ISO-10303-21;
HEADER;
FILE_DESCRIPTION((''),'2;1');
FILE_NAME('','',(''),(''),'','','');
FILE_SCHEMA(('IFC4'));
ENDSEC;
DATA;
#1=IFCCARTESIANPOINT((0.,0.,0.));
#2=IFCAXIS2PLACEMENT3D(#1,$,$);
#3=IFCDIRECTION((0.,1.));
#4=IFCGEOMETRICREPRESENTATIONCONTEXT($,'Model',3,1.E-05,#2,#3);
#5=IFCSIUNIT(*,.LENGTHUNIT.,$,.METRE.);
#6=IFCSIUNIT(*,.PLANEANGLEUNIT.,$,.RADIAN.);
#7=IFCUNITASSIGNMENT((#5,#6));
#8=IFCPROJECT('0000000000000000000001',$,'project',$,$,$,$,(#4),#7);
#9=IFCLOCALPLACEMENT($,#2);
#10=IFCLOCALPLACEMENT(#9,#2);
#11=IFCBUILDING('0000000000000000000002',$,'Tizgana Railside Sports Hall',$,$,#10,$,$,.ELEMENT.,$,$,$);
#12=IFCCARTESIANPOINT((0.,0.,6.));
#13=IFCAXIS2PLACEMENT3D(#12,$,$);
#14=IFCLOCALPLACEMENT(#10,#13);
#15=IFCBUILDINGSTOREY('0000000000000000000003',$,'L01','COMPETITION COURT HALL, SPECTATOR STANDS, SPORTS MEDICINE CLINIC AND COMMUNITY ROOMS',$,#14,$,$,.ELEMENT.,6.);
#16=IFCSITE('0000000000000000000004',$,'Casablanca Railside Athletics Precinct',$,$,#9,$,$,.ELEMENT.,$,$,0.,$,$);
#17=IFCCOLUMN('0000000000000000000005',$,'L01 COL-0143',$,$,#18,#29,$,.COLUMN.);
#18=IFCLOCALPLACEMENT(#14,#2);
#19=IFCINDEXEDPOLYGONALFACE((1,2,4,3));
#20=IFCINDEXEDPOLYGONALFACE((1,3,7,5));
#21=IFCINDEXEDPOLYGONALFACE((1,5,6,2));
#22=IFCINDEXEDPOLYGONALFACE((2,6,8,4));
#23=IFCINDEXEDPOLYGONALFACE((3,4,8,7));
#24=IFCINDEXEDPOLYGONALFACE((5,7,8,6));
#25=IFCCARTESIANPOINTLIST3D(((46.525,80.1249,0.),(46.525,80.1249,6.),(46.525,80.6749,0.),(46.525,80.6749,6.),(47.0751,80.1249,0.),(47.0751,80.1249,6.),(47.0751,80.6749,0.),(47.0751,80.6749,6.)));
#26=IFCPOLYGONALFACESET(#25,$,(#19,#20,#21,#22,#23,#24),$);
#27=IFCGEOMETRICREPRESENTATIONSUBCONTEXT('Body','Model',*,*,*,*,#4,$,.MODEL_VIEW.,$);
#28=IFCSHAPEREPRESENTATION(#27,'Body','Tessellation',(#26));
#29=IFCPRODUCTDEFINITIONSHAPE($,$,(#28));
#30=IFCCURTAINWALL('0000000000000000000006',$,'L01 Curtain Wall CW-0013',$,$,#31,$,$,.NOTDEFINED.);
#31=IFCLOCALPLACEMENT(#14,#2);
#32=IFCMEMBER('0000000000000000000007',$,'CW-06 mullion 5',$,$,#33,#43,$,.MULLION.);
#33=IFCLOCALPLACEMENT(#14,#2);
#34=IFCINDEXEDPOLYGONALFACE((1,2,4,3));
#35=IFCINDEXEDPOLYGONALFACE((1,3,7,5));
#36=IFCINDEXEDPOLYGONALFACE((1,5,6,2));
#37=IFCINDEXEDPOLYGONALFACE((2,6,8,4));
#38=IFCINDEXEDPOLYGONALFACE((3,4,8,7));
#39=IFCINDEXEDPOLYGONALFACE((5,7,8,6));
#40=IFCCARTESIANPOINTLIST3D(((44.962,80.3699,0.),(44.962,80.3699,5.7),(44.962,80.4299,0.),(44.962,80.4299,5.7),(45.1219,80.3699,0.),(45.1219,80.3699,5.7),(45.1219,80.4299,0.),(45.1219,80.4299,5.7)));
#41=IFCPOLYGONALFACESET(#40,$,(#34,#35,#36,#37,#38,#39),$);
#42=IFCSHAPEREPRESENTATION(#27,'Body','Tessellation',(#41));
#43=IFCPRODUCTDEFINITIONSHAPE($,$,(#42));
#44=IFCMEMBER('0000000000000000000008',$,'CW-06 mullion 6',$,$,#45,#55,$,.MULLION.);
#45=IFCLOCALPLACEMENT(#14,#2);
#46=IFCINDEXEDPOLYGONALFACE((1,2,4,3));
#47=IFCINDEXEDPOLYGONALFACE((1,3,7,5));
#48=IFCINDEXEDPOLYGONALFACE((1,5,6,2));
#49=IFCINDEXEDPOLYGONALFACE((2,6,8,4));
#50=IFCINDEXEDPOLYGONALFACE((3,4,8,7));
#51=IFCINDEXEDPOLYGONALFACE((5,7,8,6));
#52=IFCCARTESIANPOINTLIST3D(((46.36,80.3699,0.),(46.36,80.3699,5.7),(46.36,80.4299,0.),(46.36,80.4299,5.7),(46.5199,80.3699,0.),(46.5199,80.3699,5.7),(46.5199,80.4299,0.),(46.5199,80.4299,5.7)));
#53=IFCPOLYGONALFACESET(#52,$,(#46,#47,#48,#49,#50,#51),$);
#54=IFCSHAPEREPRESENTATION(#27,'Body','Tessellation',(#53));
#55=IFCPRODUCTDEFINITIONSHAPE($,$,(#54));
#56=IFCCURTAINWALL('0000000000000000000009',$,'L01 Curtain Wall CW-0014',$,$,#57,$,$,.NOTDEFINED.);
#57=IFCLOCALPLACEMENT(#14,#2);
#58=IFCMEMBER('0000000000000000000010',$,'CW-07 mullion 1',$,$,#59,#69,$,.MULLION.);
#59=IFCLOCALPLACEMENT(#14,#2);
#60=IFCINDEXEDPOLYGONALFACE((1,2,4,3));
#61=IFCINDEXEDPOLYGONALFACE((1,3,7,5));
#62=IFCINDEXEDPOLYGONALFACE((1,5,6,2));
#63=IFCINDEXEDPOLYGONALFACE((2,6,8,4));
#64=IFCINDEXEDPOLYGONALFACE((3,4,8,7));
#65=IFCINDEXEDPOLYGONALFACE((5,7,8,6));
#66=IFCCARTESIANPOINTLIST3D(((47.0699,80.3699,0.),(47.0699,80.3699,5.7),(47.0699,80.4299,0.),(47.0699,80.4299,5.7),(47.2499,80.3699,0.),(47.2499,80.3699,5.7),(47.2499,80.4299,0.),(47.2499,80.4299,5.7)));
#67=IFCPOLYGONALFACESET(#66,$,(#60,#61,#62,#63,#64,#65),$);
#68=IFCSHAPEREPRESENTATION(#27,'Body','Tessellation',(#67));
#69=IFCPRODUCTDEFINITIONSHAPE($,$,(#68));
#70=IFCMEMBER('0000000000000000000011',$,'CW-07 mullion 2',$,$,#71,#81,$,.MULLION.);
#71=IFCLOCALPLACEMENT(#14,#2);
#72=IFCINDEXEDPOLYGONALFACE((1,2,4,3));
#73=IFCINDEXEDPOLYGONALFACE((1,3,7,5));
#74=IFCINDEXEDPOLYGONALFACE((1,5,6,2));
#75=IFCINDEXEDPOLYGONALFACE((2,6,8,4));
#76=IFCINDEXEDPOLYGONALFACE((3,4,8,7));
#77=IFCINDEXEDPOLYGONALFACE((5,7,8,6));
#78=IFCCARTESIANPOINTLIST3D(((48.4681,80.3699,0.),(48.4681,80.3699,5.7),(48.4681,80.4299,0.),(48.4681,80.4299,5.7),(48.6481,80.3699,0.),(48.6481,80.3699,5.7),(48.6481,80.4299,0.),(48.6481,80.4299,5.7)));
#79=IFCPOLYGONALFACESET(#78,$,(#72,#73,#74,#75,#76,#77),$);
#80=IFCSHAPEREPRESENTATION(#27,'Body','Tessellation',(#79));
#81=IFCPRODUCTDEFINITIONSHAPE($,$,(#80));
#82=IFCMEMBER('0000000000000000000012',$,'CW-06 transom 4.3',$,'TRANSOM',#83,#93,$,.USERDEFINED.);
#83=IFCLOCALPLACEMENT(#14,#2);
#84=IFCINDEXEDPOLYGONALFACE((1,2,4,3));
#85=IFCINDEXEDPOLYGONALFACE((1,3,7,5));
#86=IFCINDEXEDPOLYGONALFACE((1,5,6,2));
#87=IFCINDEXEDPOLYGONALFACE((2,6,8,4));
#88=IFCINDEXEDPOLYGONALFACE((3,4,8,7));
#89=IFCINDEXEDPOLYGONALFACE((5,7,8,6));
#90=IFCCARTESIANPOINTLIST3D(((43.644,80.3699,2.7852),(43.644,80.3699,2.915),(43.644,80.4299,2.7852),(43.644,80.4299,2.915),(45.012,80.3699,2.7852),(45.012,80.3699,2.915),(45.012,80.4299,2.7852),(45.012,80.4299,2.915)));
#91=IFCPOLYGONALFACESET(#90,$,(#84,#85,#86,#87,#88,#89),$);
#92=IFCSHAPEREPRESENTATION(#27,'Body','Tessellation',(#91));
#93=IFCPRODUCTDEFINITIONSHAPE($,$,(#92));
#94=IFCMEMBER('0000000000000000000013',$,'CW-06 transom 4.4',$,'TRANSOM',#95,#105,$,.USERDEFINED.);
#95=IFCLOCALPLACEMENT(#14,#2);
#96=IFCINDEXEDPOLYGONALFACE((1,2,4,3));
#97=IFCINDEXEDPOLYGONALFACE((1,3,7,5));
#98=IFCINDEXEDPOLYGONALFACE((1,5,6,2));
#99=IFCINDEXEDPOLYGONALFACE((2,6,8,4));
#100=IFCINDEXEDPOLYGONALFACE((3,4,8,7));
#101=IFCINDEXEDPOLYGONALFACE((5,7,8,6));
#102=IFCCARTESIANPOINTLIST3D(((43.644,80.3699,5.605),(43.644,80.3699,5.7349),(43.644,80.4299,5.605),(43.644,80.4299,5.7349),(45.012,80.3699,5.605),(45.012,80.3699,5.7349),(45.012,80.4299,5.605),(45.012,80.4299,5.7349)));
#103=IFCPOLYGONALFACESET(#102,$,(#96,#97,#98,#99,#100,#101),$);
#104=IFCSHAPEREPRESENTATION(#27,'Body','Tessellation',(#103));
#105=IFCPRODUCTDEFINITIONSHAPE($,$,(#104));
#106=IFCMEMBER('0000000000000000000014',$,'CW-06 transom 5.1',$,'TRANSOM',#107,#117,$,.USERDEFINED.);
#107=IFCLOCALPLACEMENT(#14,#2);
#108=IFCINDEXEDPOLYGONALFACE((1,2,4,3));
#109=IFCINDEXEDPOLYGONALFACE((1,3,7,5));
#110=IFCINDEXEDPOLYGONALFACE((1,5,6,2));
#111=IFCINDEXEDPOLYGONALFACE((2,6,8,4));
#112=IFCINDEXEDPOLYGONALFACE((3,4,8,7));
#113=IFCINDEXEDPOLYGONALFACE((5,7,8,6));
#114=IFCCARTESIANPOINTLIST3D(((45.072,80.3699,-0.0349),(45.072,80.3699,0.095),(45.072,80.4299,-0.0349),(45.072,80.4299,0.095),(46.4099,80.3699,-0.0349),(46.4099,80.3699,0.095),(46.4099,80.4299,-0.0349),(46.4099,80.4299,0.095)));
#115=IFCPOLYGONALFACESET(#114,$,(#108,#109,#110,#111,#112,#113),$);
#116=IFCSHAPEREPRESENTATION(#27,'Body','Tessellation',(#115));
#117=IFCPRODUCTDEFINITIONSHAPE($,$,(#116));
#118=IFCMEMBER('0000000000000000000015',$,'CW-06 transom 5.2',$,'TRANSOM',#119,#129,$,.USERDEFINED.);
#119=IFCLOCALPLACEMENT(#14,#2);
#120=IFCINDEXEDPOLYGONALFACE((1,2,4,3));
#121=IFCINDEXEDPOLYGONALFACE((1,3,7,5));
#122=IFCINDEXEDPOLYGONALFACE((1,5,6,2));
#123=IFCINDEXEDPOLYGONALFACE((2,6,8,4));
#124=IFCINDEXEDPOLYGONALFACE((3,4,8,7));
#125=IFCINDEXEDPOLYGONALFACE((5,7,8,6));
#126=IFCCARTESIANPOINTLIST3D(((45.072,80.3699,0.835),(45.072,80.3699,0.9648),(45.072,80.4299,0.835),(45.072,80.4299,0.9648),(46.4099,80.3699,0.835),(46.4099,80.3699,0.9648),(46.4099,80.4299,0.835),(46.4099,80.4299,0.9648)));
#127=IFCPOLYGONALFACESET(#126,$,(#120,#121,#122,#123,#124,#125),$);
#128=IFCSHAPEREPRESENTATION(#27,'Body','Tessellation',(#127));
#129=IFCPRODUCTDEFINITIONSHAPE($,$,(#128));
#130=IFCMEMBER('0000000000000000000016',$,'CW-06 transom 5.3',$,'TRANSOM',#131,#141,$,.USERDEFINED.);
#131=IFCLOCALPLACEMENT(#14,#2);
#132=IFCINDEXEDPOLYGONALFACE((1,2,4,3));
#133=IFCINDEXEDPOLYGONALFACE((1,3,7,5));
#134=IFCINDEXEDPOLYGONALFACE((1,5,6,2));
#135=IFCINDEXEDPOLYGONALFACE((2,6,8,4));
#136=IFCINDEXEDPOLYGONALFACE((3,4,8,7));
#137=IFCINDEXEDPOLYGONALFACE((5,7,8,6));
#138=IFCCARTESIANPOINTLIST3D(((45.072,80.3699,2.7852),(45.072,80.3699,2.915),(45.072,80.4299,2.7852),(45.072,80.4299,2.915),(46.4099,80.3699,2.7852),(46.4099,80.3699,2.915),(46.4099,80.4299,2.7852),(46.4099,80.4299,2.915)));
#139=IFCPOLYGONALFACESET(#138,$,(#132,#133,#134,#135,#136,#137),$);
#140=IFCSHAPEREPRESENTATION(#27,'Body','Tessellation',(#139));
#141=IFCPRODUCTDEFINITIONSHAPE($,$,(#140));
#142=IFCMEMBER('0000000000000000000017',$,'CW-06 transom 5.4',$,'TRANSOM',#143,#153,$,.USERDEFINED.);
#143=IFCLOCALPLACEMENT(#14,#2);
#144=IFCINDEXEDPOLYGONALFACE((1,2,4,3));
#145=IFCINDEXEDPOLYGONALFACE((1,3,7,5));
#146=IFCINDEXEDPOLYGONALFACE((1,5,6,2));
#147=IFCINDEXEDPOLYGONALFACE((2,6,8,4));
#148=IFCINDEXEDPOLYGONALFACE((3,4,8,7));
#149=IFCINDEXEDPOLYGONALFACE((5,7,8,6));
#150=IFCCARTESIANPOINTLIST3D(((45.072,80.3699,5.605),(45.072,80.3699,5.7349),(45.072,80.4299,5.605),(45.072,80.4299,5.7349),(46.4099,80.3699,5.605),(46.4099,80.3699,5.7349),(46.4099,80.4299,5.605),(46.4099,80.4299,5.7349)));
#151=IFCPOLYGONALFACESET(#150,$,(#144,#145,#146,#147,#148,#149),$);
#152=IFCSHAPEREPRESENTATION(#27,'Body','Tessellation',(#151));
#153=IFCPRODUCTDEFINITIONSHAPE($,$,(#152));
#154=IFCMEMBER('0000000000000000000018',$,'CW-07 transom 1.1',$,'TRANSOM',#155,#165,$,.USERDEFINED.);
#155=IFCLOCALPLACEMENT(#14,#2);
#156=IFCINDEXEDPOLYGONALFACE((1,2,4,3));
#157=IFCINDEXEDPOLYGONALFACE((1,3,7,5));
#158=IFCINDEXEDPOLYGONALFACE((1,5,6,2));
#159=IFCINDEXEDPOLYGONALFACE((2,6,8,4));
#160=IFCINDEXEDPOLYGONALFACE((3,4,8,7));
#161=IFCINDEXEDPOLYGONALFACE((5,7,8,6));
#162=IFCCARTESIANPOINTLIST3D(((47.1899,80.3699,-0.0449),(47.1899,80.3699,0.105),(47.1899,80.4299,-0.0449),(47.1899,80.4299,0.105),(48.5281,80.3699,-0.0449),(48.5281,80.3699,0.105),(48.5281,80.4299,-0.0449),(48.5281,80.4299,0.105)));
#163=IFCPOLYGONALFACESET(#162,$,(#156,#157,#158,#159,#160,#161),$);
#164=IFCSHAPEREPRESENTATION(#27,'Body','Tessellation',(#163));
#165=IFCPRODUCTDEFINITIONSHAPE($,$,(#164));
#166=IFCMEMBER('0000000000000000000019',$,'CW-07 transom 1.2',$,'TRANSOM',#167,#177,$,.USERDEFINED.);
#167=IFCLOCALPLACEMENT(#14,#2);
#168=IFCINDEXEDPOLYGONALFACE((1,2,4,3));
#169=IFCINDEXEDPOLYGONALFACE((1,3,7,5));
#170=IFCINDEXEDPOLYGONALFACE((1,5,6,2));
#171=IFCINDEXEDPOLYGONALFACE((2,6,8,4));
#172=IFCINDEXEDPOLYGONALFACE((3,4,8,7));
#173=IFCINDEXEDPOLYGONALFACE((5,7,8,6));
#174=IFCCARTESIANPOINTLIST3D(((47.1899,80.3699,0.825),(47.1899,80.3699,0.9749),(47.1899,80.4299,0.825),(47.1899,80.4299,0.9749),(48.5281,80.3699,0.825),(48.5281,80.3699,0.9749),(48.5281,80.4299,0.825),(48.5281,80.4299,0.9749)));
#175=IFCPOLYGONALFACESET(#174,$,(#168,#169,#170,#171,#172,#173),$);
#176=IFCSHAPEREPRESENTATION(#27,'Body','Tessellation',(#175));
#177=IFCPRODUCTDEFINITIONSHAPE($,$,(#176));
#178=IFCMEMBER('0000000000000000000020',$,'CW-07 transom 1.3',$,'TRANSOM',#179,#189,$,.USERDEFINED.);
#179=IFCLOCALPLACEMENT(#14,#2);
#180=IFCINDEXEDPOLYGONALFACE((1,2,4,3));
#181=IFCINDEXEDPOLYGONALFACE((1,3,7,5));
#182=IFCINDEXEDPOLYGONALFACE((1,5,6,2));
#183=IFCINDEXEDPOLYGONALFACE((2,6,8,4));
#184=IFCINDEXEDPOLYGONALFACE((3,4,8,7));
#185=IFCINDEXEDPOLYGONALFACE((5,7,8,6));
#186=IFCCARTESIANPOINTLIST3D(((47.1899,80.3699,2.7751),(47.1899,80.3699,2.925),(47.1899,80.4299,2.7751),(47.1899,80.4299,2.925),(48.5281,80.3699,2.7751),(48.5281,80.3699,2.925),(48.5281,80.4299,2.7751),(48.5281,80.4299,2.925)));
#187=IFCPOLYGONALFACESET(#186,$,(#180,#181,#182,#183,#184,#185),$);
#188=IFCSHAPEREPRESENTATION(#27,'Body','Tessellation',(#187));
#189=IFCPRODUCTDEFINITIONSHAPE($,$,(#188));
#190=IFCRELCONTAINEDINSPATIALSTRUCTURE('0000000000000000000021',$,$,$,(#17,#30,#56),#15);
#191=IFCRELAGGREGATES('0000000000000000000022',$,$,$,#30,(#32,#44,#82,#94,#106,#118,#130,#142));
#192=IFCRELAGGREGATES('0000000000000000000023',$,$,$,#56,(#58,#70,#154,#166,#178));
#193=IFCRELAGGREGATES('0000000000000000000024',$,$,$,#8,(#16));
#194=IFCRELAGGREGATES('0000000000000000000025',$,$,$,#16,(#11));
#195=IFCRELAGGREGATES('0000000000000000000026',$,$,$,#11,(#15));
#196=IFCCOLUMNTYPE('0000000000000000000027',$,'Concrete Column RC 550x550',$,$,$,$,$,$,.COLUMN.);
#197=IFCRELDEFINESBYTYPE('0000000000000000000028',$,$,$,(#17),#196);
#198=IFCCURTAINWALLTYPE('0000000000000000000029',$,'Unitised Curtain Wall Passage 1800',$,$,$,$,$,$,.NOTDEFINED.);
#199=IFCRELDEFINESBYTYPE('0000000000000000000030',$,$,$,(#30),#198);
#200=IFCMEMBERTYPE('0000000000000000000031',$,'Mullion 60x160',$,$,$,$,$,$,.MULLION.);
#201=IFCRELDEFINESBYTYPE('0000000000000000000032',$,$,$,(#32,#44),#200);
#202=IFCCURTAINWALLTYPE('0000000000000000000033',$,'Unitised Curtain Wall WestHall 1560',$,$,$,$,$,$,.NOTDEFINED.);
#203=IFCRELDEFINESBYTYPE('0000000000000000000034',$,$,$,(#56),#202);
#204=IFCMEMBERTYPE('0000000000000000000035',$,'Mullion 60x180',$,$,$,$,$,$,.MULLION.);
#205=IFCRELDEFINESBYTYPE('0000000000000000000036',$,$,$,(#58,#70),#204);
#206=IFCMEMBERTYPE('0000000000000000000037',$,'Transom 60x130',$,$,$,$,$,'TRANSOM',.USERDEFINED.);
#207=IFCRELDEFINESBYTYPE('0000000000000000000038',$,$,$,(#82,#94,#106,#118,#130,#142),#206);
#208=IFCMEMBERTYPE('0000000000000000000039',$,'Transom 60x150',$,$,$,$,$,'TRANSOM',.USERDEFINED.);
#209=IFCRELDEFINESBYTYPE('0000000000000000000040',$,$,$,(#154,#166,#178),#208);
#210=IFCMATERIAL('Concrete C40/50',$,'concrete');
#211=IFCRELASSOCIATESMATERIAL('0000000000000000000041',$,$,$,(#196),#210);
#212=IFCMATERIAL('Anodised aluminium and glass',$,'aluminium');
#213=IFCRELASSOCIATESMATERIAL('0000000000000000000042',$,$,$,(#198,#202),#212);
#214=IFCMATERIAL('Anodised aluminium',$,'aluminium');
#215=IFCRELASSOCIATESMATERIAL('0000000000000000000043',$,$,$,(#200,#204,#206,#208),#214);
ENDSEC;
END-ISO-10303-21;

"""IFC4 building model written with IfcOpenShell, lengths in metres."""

from ifc_helpers import new_model, si_unit, direction, frame, origin, origin_2d, place, context, subcontext, project, spatial, rectangle, extrude, material, material_profile, profile_set, type_object, element, aggregate, save


model = new_model("IFC4")

# Units and contexts
model_context = context("Model", 3, precision=1e-05, world=origin(), true_north=direction((0.0, 1.0)))
body_context = subcontext(model_context, "Body", "Model", "MODEL_VIEW")
ifc_project = project(units=[si_unit("LENGTHUNIT", "METRE"), si_unit("PLANEANGLEUNIT", "RADIAN")], contexts=[model_context])

# Site, building, storey
site_placement = place(None, origin())
site = spatial("IfcSite", under=ifc_project, at=site_placement, Name="Casablanca Railside Athletics Precinct", CompositionType="ELEMENT", RefElevation=0.0)
building_placement = place(site_placement, origin())
building = spatial("IfcBuilding", under=site, at=building_placement, Name="Tizgana Railside Sports Hall", CompositionType="ELEMENT")
storey_placement = place(building_placement, frame((0.0, 0.0, 6.0)))
storey = spatial("IfcBuildingStorey", under=building, at=storey_placement, Name="L01", Description="COMPETITION COURT HALL, SPECTATOR STANDS, SPORTS MEDICINE CLINIC AND COMMUNITY ROOMS", CompositionType="ELEMENT", Elevation=6.0)

# Column
ifc_material_1 = material(Name="Concrete C40/50", Category="concrete")
ifc_material_profile_1 = material_profile(ifc_material_1, rectangle(XDim=0.55, YDim=0.55, at=origin_2d()), Name="RC 550x550")
ifc_profile_set_1 = profile_set([ifc_material_profile_1], Name="Concrete C40/50")
column_type = type_object("IfcColumnType", Name="Concrete Column RC 550x550", PredefinedType="COLUMN", material=ifc_profile_set_1)
column_placement = place(storey_placement, frame((46.8, 80.3999, 0.0), z_axis=(0.0, 0.0, 1.0), x_axis=(1.0, 0.0, 0.0)))
element("IfcColumn", 1, at=column_placement, inside=storey, type_object=column_type, Name="L01 COL-0143", PredefinedType="COLUMN", context=body_context, shape_type="SweptSolid", body=[
    extrude(rectangle(XDim=0.55, YDim=0.55, at=origin_2d()), origin(), (0.0, 0.0, 1.0), 6.0),
])

# Curtain walls, members
ifc_material_2 = material(Name="Anodised aluminium and glass", Category="aluminium")
curtain_wall_type_1 = type_object("IfcCurtainWallType", Name="Unitised Curtain Wall Passage 1800", PredefinedType="NOTDEFINED", material=ifc_material_2)
curtain_wall_1_placement = place(storey_placement, origin())
curtain_wall_1 = element("IfcCurtainWall", 2, at=curtain_wall_1_placement, inside=storey, type_object=curtain_wall_type_1, Name="L01 Curtain Wall CW-0013", PredefinedType="NOTDEFINED")
ifc_material_3 = material(Name="Anodised aluminium", Category="aluminium")
ifc_material_profile_2 = material_profile(ifc_material_3, rectangle(XDim=0.0601, YDim=0.1599, at=origin_2d()), Name="Mullion 60x160")
ifc_profile_set_2 = profile_set([ifc_material_profile_2], Name="Anodised aluminium")
member_type_1 = type_object("IfcMemberType", Name="Mullion 60x160", PredefinedType="MULLION", material=ifc_profile_set_2)
member_1_placement = place(storey_placement, frame((45.042, 80.3999, 0.0), z_axis=(0.0, 0.0, 1.0), x_axis=(0.0, 1.0, 0.0)))
member_1 = element("IfcMember", 3, at=member_1_placement, type_object=member_type_1, Name="CW-06 mullion 5", PredefinedType="MULLION", context=body_context, shape_type="SweptSolid", body=[
    extrude(rectangle(XDim=0.0601, YDim=0.1599, at=origin_2d()), origin(), (0.0, 0.0, 1.0), 5.7),
])
member_2_placement = place(storey_placement, frame((46.4399, 80.3999, 0.0), z_axis=(0.0, 0.0, 1.0), x_axis=(0.0, 1.0, 0.0)))
member_2 = element("IfcMember", 4, at=member_2_placement, type_object=member_type_1, Name="CW-06 mullion 6", PredefinedType="MULLION", context=body_context, shape_type="SweptSolid", body=[
    extrude(rectangle(XDim=0.0601, YDim=0.1599, at=origin_2d()), origin(), (0.0, 0.0, 1.0), 5.7),
])
curtain_wall_type_2 = type_object("IfcCurtainWallType", Name="Unitised Curtain Wall WestHall 1560", PredefinedType="NOTDEFINED", material=ifc_material_2)
curtain_wall_2_placement = place(storey_placement, origin())
curtain_wall_2 = element("IfcCurtainWall", 5, at=curtain_wall_2_placement, inside=storey, type_object=curtain_wall_type_2, Name="L01 Curtain Wall CW-0014", PredefinedType="NOTDEFINED")
ifc_material_profile_3 = material_profile(ifc_material_3, rectangle(XDim=0.0601, YDim=0.1799, at=origin_2d()), Name="Mullion 60x180")
ifc_profile_set_3 = profile_set([ifc_material_profile_3], Name="Anodised aluminium")
member_type_2 = type_object("IfcMemberType", Name="Mullion 60x180", PredefinedType="MULLION", material=ifc_profile_set_3)
member_3_placement = place(storey_placement, frame((47.1599, 80.3999, 0.0), z_axis=(0.0, 0.0, 1.0), x_axis=(0.0, 1.0, 0.0)))
member_3 = element("IfcMember", 6, at=member_3_placement, type_object=member_type_2, Name="CW-07 mullion 1", PredefinedType="MULLION", context=body_context, shape_type="SweptSolid", body=[
    extrude(rectangle(XDim=0.0601, YDim=0.1799, at=origin_2d()), origin(), (0.0, 0.0, 1.0), 5.7),
])
member_4_placement = place(storey_placement, frame((48.5581, 80.3999, 0.0), z_axis=(0.0, 0.0, 1.0), x_axis=(0.0, 1.0, 0.0)))
member_4 = element("IfcMember", 7, at=member_4_placement, type_object=member_type_2, Name="CW-07 mullion 2", PredefinedType="MULLION", context=body_context, shape_type="SweptSolid", body=[
    extrude(rectangle(XDim=0.0601, YDim=0.1799, at=origin_2d()), origin(), (0.0, 0.0, 1.0), 5.7),
])

# Members
ifc_material_profile_4 = material_profile(ifc_material_3, rectangle(XDim=0.0601, YDim=0.1299, at=origin_2d()), Name="Transom 60x130")
ifc_profile_set_4 = profile_set([ifc_material_profile_4], Name="Anodised aluminium")
member_type_3 = type_object("IfcMemberType", Name="Transom 60x130", ElementType="TRANSOM", PredefinedType="USERDEFINED", material=ifc_profile_set_4)
member_5_placement = place(storey_placement, frame((43.644, 80.3999, 2.8501), z_axis=(1.0, 0.0, 0.0), x_axis=(0.0, 1.0, 0.0)))
member_5 = element("IfcMember", 8, at=member_5_placement, type_object=member_type_3, Name="CW-06 transom 4.3", ObjectType="TRANSOM", PredefinedType="USERDEFINED", context=body_context, shape_type="SweptSolid", body=[
    extrude(rectangle(XDim=0.0601, YDim=0.1299, at=origin_2d()), origin(), (0.0, 0.0, 1.0), 1.3679),
])
member_6_placement = place(storey_placement, frame((43.644, 80.3999, 5.6699), z_axis=(1.0, 0.0, 0.0), x_axis=(0.0, 1.0, 0.0)))
member_6 = element("IfcMember", 9, at=member_6_placement, type_object=member_type_3, Name="CW-06 transom 4.4", ObjectType="TRANSOM", PredefinedType="USERDEFINED", context=body_context, shape_type="SweptSolid", body=[
    extrude(rectangle(XDim=0.0601, YDim=0.1299, at=origin_2d()), origin(), (0.0, 0.0, 1.0), 1.3679),
])
member_7_placement = place(storey_placement, frame((45.072, 80.3999, 0.03), z_axis=(1.0, 0.0, 0.0), x_axis=(0.0, 1.0, 0.0)))
member_7 = element("IfcMember", 10, at=member_7_placement, type_object=member_type_3, Name="CW-06 transom 5.1", ObjectType="TRANSOM", PredefinedType="USERDEFINED", context=body_context, shape_type="SweptSolid", body=[
    extrude(rectangle(XDim=0.0601, YDim=0.1299, at=origin_2d()), origin(), (0.0, 0.0, 1.0), 1.3379),
])
member_8_placement = place(storey_placement, frame((45.072, 80.3999, 0.8999), z_axis=(1.0, 0.0, 0.0), x_axis=(0.0, 1.0, 0.0)))
member_8 = element("IfcMember", 11, at=member_8_placement, type_object=member_type_3, Name="CW-06 transom 5.2", ObjectType="TRANSOM", PredefinedType="USERDEFINED", context=body_context, shape_type="SweptSolid", body=[
    extrude(rectangle(XDim=0.0601, YDim=0.1299, at=origin_2d()), origin(), (0.0, 0.0, 1.0), 1.3379),
])
member_9_placement = place(storey_placement, frame((45.072, 80.3999, 2.8501), z_axis=(1.0, 0.0, 0.0), x_axis=(0.0, 1.0, 0.0)))
member_9 = element("IfcMember", 12, at=member_9_placement, type_object=member_type_3, Name="CW-06 transom 5.3", ObjectType="TRANSOM", PredefinedType="USERDEFINED", context=body_context, shape_type="SweptSolid", body=[
    extrude(rectangle(XDim=0.0601, YDim=0.1299, at=origin_2d()), origin(), (0.0, 0.0, 1.0), 1.3379),
])
member_10_placement = place(storey_placement, frame((45.072, 80.3999, 5.6699), z_axis=(1.0, 0.0, 0.0), x_axis=(0.0, 1.0, 0.0)))
member_10 = element("IfcMember", 13, at=member_10_placement, type_object=member_type_3, Name="CW-06 transom 5.4", ObjectType="TRANSOM", PredefinedType="USERDEFINED", context=body_context, shape_type="SweptSolid", body=[
    extrude(rectangle(XDim=0.0601, YDim=0.1299, at=origin_2d()), origin(), (0.0, 0.0, 1.0), 1.3379),
])
ifc_material_profile_5 = material_profile(ifc_material_3, rectangle(XDim=0.0601, YDim=0.1499, at=origin_2d()), Name="Transom 60x150")
ifc_profile_set_5 = profile_set([ifc_material_profile_5], Name="Anodised aluminium")
member_type_4 = type_object("IfcMemberType", Name="Transom 60x150", ElementType="TRANSOM", PredefinedType="USERDEFINED", material=ifc_profile_set_5)
member_11_placement = place(storey_placement, frame((47.1899, 80.3999, 0.03), z_axis=(1.0, 0.0, 0.0), x_axis=(0.0, 1.0, 0.0)))
member_11 = element("IfcMember", 14, at=member_11_placement, type_object=member_type_4, Name="CW-07 transom 1.1", ObjectType="TRANSOM", PredefinedType="USERDEFINED", context=body_context, shape_type="SweptSolid", body=[
    extrude(rectangle(XDim=0.0601, YDim=0.1499, at=origin_2d()), origin(), (0.0, 0.0, 1.0), 1.3381),
])
member_12_placement = place(storey_placement, frame((47.1899, 80.3999, 0.8999), z_axis=(1.0, 0.0, 0.0), x_axis=(0.0, 1.0, 0.0)))
member_12 = element("IfcMember", 15, at=member_12_placement, type_object=member_type_4, Name="CW-07 transom 1.2", ObjectType="TRANSOM", PredefinedType="USERDEFINED", context=body_context, shape_type="SweptSolid", body=[
    extrude(rectangle(XDim=0.0601, YDim=0.1499, at=origin_2d()), origin(), (0.0, 0.0, 1.0), 1.3381),
])
member_13_placement = place(storey_placement, frame((47.1899, 80.3999, 2.8501), z_axis=(1.0, 0.0, 0.0), x_axis=(0.0, 1.0, 0.0)))
member_13 = element("IfcMember", 16, at=member_13_placement, type_object=member_type_4, Name="CW-07 transom 1.3", ObjectType="TRANSOM", PredefinedType="USERDEFINED", context=body_context, shape_type="SweptSolid", body=[
    extrude(rectangle(XDim=0.0601, YDim=0.1499, at=origin_2d()), origin(), (0.0, 0.0, 1.0), 1.3381),
])

aggregate(curtain_wall_1, [member_1, member_2, member_5, member_6, member_7, member_8, member_9, member_10])
aggregate(curtain_wall_2, [member_3, member_4, member_11, member_12, member_13])

save(model, "model.ifc")
